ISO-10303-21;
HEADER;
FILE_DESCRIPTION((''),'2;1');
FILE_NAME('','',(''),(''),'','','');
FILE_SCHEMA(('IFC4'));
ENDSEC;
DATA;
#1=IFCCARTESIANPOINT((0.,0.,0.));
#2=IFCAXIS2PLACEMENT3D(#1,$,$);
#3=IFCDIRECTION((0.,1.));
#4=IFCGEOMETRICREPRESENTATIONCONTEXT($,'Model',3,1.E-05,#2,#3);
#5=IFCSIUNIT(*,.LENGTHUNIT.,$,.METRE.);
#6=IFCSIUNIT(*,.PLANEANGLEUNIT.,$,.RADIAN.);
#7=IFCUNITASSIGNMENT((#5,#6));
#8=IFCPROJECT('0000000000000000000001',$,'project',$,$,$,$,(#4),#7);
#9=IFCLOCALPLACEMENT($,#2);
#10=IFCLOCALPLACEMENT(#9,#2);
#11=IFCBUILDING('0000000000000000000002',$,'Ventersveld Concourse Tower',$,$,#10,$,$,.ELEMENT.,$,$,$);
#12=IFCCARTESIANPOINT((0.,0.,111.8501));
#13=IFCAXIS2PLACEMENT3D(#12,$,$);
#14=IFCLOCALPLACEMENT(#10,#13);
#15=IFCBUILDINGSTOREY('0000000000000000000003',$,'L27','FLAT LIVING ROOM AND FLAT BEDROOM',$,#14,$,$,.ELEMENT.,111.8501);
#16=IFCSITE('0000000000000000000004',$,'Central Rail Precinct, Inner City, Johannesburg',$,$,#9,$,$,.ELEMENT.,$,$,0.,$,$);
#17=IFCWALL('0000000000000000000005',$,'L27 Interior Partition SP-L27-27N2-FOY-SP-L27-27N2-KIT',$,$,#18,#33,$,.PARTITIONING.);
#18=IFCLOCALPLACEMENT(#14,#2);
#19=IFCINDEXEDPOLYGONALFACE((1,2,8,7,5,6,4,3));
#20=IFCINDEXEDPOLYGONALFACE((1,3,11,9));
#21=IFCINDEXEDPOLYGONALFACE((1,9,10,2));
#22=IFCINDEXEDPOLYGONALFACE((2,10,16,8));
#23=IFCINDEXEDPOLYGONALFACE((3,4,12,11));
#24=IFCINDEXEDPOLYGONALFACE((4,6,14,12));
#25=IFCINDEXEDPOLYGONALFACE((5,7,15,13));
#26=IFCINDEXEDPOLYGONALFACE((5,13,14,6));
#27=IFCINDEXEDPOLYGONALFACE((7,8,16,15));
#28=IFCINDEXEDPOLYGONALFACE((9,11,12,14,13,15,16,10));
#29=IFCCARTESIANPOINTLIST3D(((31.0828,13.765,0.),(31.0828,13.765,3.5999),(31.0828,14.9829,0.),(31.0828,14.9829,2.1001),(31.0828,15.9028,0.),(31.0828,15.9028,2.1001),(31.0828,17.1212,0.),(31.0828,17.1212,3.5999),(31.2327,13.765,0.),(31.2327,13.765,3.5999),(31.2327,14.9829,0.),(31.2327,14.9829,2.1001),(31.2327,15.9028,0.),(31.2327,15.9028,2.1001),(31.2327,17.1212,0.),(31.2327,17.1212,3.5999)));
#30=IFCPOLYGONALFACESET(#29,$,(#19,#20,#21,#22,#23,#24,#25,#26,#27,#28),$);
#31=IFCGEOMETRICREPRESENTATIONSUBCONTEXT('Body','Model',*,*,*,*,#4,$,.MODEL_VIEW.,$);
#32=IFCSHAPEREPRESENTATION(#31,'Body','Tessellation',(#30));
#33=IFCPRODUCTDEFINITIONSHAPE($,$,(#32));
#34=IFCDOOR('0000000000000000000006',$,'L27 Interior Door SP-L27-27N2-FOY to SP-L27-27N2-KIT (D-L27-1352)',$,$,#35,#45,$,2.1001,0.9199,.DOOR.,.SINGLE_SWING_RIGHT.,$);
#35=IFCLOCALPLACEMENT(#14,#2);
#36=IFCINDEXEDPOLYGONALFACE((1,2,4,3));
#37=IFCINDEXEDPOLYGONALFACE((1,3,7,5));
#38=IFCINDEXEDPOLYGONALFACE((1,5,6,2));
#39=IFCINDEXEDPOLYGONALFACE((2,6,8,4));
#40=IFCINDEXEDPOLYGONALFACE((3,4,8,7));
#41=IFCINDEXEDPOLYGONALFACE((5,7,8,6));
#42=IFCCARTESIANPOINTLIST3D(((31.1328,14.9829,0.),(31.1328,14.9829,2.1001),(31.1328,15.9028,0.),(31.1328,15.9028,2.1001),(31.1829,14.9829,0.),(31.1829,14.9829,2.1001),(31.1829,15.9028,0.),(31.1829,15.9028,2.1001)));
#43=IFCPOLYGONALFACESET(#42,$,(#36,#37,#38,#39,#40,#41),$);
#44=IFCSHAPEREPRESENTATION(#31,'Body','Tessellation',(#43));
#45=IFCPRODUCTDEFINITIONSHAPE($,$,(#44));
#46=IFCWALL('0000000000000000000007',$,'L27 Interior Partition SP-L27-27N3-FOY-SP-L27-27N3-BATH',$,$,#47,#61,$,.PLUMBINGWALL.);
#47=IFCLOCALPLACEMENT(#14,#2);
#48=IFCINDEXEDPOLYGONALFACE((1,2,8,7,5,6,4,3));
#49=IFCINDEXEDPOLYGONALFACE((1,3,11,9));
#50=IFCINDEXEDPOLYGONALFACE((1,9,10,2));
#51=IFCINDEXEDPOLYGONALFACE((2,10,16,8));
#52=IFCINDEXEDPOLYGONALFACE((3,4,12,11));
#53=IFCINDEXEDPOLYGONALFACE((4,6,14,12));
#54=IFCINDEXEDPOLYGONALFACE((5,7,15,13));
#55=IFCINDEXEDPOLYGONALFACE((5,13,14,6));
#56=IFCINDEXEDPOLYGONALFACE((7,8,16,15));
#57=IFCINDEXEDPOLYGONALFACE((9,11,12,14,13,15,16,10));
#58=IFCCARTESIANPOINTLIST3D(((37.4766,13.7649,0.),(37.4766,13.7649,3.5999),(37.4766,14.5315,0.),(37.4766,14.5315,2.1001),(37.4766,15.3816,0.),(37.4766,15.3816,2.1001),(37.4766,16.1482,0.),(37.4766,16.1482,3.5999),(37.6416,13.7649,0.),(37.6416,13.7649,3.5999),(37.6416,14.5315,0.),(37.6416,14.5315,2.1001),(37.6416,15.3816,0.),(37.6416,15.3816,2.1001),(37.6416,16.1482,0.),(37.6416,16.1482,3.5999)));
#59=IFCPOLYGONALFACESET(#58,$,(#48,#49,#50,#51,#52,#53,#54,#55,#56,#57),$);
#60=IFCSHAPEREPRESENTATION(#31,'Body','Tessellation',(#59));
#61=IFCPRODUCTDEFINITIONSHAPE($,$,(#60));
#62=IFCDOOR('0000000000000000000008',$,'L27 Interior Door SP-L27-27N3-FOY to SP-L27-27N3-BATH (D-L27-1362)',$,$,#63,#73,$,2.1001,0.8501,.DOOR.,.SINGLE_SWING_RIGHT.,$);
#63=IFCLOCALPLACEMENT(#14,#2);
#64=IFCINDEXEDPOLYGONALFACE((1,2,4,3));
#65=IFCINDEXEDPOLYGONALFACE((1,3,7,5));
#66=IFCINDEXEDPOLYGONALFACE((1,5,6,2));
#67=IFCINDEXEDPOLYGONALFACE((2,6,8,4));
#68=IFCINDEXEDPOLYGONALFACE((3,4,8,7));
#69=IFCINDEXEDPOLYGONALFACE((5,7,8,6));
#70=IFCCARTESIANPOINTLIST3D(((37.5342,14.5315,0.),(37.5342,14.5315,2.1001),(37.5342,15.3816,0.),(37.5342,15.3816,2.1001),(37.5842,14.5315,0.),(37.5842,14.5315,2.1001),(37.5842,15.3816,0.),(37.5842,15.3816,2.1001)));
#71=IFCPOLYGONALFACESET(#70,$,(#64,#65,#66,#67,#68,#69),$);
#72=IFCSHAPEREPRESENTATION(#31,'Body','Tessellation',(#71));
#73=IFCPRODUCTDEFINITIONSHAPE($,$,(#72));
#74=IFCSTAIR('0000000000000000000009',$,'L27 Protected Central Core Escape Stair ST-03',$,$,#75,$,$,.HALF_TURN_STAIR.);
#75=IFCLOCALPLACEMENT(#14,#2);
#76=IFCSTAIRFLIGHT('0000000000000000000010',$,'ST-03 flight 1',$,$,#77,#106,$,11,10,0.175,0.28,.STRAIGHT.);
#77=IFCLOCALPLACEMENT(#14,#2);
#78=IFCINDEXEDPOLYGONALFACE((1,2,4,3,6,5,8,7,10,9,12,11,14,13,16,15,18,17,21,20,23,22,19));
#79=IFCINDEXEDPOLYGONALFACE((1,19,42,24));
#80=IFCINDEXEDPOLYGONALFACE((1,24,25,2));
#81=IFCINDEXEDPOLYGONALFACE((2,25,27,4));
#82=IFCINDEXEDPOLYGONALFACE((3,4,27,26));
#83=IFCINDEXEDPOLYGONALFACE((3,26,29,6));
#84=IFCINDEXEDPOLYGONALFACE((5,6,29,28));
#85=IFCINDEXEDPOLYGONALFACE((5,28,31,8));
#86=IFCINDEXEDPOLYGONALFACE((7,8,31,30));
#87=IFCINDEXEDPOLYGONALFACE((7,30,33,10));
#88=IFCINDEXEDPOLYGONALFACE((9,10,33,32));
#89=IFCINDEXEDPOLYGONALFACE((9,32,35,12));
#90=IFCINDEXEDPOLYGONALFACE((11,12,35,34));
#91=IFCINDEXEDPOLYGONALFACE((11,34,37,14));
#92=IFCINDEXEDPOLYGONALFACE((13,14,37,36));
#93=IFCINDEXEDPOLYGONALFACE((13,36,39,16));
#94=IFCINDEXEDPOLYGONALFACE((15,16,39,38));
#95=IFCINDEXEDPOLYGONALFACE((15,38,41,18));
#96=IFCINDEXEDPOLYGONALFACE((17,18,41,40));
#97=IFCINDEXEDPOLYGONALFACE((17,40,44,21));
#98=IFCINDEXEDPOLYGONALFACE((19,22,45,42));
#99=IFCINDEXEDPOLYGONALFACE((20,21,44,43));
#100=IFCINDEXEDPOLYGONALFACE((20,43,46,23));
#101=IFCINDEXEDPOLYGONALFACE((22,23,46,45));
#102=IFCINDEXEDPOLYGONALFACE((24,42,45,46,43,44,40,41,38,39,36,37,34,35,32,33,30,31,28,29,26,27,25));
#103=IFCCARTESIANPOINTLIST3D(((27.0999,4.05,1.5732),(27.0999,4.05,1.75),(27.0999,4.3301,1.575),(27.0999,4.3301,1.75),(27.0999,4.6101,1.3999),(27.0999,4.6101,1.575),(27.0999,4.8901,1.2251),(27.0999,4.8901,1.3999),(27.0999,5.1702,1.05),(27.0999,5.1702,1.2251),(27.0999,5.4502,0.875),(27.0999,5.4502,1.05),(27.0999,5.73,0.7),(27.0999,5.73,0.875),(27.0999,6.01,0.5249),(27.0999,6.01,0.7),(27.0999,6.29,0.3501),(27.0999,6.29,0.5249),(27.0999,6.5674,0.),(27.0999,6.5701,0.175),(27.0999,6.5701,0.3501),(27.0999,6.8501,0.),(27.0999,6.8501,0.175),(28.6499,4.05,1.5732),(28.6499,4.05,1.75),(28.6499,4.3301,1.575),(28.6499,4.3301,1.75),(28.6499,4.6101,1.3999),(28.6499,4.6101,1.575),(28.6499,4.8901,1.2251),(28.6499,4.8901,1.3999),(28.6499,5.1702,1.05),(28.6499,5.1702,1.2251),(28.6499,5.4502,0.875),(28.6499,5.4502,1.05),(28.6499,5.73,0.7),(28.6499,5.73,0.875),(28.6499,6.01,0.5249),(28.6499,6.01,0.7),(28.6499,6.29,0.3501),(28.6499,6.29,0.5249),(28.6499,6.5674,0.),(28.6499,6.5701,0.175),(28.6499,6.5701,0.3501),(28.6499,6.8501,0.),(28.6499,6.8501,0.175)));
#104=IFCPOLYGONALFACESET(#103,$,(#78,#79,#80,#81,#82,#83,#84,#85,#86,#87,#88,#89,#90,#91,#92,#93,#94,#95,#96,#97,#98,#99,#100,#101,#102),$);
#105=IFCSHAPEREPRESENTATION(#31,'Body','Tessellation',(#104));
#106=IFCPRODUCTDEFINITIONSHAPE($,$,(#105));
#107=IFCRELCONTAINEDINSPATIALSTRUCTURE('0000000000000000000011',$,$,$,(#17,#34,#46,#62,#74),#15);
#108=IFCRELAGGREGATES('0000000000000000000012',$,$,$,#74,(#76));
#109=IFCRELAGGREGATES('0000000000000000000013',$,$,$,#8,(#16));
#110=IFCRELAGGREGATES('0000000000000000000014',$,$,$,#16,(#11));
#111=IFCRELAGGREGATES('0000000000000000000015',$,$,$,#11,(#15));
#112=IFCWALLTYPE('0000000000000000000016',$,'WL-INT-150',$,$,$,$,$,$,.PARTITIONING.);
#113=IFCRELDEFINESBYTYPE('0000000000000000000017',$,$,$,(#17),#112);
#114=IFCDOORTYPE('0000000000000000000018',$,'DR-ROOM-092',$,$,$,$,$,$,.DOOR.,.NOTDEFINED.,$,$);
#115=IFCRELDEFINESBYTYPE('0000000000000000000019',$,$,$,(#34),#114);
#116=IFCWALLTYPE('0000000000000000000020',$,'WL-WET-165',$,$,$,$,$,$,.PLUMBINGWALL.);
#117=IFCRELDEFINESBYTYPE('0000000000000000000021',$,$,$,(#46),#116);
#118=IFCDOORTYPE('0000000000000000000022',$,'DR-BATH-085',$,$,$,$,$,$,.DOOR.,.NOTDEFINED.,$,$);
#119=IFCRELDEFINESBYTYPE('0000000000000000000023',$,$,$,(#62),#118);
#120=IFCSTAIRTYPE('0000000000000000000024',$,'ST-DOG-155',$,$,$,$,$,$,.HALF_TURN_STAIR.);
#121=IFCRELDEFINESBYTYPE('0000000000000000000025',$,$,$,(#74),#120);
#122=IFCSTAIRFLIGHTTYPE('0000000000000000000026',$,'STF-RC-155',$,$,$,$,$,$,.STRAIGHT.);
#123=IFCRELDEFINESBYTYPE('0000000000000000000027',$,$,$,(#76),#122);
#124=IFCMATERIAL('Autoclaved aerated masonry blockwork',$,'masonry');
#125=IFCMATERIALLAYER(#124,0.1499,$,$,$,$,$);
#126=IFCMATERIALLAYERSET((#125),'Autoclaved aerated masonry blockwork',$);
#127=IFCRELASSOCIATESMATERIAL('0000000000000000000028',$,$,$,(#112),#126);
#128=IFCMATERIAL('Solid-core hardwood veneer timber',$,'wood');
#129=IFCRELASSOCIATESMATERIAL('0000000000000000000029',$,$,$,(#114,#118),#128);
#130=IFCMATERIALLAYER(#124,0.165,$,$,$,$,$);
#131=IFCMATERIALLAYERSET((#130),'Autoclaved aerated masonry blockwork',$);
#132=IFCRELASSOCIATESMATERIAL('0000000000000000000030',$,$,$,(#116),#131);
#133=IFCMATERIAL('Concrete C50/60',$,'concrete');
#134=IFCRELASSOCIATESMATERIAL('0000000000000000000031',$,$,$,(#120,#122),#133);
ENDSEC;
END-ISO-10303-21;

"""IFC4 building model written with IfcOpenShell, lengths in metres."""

from ifc_helpers import new_model, si_unit, direction, frame, frame_2d, origin, place, context, subcontext, project, spatial, polyline, rectangle, outline, extrude, material, layer, layer_set, type_object, element, fill, aggregate, save


model = new_model("IFC4")

# Units and contexts
model_context = context("Model", 3, precision=1e-05, world=origin(), true_north=direction((0.0, 1.0)))
body_context = subcontext(model_context, "Body", "Model", "MODEL_VIEW")
ifc_project = project(units=[si_unit("LENGTHUNIT", "METRE"), si_unit("PLANEANGLEUNIT", "RADIAN")], contexts=[model_context])

# Site, building, storey
site_placement = place(None, origin())
site = spatial("IfcSite", under=ifc_project, at=site_placement, Name="Central Rail Precinct, Inner City, Johannesburg", CompositionType="ELEMENT", RefElevation=0.0)
building_placement = place(site_placement, origin())
building = spatial("IfcBuilding", under=site, at=building_placement, Name="Ventersveld Concourse Tower", CompositionType="ELEMENT")
storey_placement = place(building_placement, frame((0.0, 0.0, 111.8501)))
storey = spatial("IfcBuildingStorey", under=building, at=storey_placement, Name="L27", Description="FLAT LIVING ROOM AND FLAT BEDROOM", CompositionType="ELEMENT", Elevation=111.8501)

# Shared definitions
ifc_material_1 = material(Name="Concrete C50/60", Category="concrete")

# Shared definitions
ifc_material_2 = material(Name="Solid-core hardwood veneer timber", Category="wood")

# Walls, openings, doors
ifc_material_3 = material(Name="Autoclaved aerated masonry blockwork", Category="masonry")
ifc_layer_1 = layer(ifc_material_3, 0.1499)
ifc_layer_set_1 = layer_set([ifc_layer_1], Name="Autoclaved aerated masonry blockwork")
wall_type_1 = type_object("IfcWallType", Name="WL-INT-150", PredefinedType="PARTITIONING", material=ifc_layer_set_1)
wall_1_placement = place(storey_placement, frame((31.1577, 13.7649, 0.0), z_axis=(0.0, 0.0, 1.0), x_axis=(0.0, 1.0, 0.0)))
wall_1 = element("IfcWall", 1, at=wall_1_placement, inside=storey, type_object=wall_type_1, Name="L27 Interior Partition SP-L27-27N2-FOY-SP-L27-27N2-KIT", PredefinedType="PARTITIONING", context=body_context, shape_type="SweptSolid", body=[
    extrude(rectangle(XDim=3.3562, YDim=0.1499, at=frame_2d((1.6782, 0.0))), origin(), (0.0, 0.0, 1.0), 3.5999),
])
opening_1_placement = place(wall_1_placement, frame((1.218, 0.0, 0.0)))
opening_1 = element("IfcOpeningElement", 2, at=opening_1_placement, cuts=wall_1, PredefinedType="OPENING", context=body_context, shape_type="SweptSolid", body=[
    extrude(rectangle(XDim=0.9199, YDim=2.1001, at=frame_2d((0.46, 1.05))), frame((0.0, 0.085, 0.0), z_axis=(0.0, -1.0, 0.0), x_axis=(1.0, 0.0, 0.0)), (0.0, 0.0, 1.0), 0.1699),
])
door_type_1 = type_object("IfcDoorType", Name="DR-ROOM-092", OperationType="NOTDEFINED", PredefinedType="DOOR", material=ifc_material_2)
door_1_placement = place(opening_1_placement, origin())
door_1 = element("IfcDoor", 3, at=door_1_placement, inside=storey, type_object=door_type_1, Name="L27 Interior Door SP-L27-27N2-FOY to SP-L27-27N2-KIT (D-L27-1352)", OperationType="SINGLE_SWING_RIGHT", OverallHeight=2.1001, OverallWidth=0.9199, PredefinedType="DOOR", context=body_context, shape_type="SweptSolid", body=[
    extrude(rectangle(XDim=0.9199, YDim=2.1001, at=frame_2d((0.46, 1.05))), frame((0.0, 0.0249, 0.0), z_axis=(0.0, -1.0, 0.0), x_axis=(1.0, 0.0, 0.0)), (0.0, 0.0, 1.0), 0.05),
])
fill(opening_1, door_1)
ifc_layer_2 = layer(ifc_material_3, 0.165)
ifc_layer_set_2 = layer_set([ifc_layer_2], Name="Autoclaved aerated masonry blockwork")
wall_type_2 = type_object("IfcWallType", Name="WL-WET-165", PredefinedType="PLUMBINGWALL", material=ifc_layer_set_2)
wall_2_placement = place(storey_placement, frame((37.5591, 13.7649, 0.0), z_axis=(0.0, 0.0, 1.0), x_axis=(0.0, 1.0, 0.0)))
wall_2 = element("IfcWall", 4, at=wall_2_placement, inside=storey, type_object=wall_type_2, Name="L27 Interior Partition SP-L27-27N3-FOY-SP-L27-27N3-BATH", PredefinedType="PLUMBINGWALL", context=body_context, shape_type="SweptSolid", body=[
    extrude(rectangle(XDim=2.3833, YDim=0.165, at=frame_2d((1.1917, 0.0))), origin(), (0.0, 0.0, 1.0), 3.5999),
])
opening_2_placement = place(wall_2_placement, frame((0.7666, 0.0, 0.0)))
opening_2 = element("IfcOpeningElement", 5, at=opening_2_placement, cuts=wall_2, PredefinedType="OPENING", context=body_context, shape_type="SweptSolid", body=[
    extrude(rectangle(XDim=0.8501, YDim=2.1001, at=frame_2d((0.425, 1.05))), frame((0.0, 0.0925, 0.0), z_axis=(0.0, -1.0, 0.0), x_axis=(1.0, 0.0, 0.0)), (0.0, 0.0, 1.0), 0.1851),
])
door_type_2 = type_object("IfcDoorType", Name="DR-BATH-085", OperationType="NOTDEFINED", PredefinedType="DOOR", material=ifc_material_2)
door_2_placement = place(opening_2_placement, origin())
door_2 = element("IfcDoor", 6, at=door_2_placement, inside=storey, type_object=door_type_2, Name="L27 Interior Door SP-L27-27N3-FOY to SP-L27-27N3-BATH (D-L27-1362)", OperationType="SINGLE_SWING_RIGHT", OverallHeight=2.1001, OverallWidth=0.8501, PredefinedType="DOOR", context=body_context, shape_type="SweptSolid", body=[
    extrude(rectangle(XDim=0.8501, YDim=2.1001, at=frame_2d((0.425, 1.05))), frame((0.0, 0.0249, 0.0), z_axis=(0.0, -1.0, 0.0), x_axis=(1.0, 0.0, 0.0)), (0.0, 0.0, 1.0), 0.05),
])
fill(opening_2, door_2)

# Stair, stair flight
stair_type = type_object("IfcStairType", Name="ST-DOG-155", PredefinedType="HALF_TURN_STAIR", material=ifc_material_1)
stair_placement = place(storey_placement, origin())
stair = element("IfcStair", 7, at=stair_placement, inside=storey, type_object=stair_type, Name="L27 Protected Central Core Escape Stair ST-03", PredefinedType="HALF_TURN_STAIR")
stair_flight_type = type_object("IfcStairFlightType", Name="STF-RC-155", PredefinedType="STRAIGHT", material=ifc_material_1)
stair_flight_placement = place(storey_placement, frame((27.875, 6.8501, 0.0), z_axis=(0.0, 0.0, 1.0), x_axis=(0.0, -1.0, 0.0)))
stair_flight = element("IfcStairFlight", 8, at=stair_flight_placement, type_object=stair_flight_type, Name="ST-03 flight 1", NumberOfRisers=11, NumberOfTreads=10, PredefinedType="STRAIGHT", RiserHeight=0.175, TreadLength=0.28, context=body_context, shape_type="SweptSolid", body=[
    extrude(outline(polyline([(0.0, 0.0), (0.0, 0.175), (0.28, 0.175), (0.28, 0.3501), (0.5601, 0.3501), (0.5601, 0.5249), (0.8401, 0.5249), (0.8401, 0.7), (1.1201, 0.7), (1.1201, 0.875), (1.3999, 0.875), (1.3999, 1.05), (1.6799, 1.05), (1.6799, 1.2251), (1.96, 1.2251), (1.96, 1.3999), (2.24, 1.3999), (2.24, 1.575), (2.52, 1.575), (2.52, 1.75), (2.8, 1.75), (2.8, 1.925), (2.8, 1.5732), (0.2827, 0.0), (0.0, 0.0)])), frame((0.0, 0.7749, 0.0), z_axis=(0.0, -1.0, 0.0), x_axis=(1.0, 0.0, 0.0)), (0.0, 0.0, 1.0), 1.55),
])
aggregate(stair, [stair_flight])

save(model, "model.ifc")
